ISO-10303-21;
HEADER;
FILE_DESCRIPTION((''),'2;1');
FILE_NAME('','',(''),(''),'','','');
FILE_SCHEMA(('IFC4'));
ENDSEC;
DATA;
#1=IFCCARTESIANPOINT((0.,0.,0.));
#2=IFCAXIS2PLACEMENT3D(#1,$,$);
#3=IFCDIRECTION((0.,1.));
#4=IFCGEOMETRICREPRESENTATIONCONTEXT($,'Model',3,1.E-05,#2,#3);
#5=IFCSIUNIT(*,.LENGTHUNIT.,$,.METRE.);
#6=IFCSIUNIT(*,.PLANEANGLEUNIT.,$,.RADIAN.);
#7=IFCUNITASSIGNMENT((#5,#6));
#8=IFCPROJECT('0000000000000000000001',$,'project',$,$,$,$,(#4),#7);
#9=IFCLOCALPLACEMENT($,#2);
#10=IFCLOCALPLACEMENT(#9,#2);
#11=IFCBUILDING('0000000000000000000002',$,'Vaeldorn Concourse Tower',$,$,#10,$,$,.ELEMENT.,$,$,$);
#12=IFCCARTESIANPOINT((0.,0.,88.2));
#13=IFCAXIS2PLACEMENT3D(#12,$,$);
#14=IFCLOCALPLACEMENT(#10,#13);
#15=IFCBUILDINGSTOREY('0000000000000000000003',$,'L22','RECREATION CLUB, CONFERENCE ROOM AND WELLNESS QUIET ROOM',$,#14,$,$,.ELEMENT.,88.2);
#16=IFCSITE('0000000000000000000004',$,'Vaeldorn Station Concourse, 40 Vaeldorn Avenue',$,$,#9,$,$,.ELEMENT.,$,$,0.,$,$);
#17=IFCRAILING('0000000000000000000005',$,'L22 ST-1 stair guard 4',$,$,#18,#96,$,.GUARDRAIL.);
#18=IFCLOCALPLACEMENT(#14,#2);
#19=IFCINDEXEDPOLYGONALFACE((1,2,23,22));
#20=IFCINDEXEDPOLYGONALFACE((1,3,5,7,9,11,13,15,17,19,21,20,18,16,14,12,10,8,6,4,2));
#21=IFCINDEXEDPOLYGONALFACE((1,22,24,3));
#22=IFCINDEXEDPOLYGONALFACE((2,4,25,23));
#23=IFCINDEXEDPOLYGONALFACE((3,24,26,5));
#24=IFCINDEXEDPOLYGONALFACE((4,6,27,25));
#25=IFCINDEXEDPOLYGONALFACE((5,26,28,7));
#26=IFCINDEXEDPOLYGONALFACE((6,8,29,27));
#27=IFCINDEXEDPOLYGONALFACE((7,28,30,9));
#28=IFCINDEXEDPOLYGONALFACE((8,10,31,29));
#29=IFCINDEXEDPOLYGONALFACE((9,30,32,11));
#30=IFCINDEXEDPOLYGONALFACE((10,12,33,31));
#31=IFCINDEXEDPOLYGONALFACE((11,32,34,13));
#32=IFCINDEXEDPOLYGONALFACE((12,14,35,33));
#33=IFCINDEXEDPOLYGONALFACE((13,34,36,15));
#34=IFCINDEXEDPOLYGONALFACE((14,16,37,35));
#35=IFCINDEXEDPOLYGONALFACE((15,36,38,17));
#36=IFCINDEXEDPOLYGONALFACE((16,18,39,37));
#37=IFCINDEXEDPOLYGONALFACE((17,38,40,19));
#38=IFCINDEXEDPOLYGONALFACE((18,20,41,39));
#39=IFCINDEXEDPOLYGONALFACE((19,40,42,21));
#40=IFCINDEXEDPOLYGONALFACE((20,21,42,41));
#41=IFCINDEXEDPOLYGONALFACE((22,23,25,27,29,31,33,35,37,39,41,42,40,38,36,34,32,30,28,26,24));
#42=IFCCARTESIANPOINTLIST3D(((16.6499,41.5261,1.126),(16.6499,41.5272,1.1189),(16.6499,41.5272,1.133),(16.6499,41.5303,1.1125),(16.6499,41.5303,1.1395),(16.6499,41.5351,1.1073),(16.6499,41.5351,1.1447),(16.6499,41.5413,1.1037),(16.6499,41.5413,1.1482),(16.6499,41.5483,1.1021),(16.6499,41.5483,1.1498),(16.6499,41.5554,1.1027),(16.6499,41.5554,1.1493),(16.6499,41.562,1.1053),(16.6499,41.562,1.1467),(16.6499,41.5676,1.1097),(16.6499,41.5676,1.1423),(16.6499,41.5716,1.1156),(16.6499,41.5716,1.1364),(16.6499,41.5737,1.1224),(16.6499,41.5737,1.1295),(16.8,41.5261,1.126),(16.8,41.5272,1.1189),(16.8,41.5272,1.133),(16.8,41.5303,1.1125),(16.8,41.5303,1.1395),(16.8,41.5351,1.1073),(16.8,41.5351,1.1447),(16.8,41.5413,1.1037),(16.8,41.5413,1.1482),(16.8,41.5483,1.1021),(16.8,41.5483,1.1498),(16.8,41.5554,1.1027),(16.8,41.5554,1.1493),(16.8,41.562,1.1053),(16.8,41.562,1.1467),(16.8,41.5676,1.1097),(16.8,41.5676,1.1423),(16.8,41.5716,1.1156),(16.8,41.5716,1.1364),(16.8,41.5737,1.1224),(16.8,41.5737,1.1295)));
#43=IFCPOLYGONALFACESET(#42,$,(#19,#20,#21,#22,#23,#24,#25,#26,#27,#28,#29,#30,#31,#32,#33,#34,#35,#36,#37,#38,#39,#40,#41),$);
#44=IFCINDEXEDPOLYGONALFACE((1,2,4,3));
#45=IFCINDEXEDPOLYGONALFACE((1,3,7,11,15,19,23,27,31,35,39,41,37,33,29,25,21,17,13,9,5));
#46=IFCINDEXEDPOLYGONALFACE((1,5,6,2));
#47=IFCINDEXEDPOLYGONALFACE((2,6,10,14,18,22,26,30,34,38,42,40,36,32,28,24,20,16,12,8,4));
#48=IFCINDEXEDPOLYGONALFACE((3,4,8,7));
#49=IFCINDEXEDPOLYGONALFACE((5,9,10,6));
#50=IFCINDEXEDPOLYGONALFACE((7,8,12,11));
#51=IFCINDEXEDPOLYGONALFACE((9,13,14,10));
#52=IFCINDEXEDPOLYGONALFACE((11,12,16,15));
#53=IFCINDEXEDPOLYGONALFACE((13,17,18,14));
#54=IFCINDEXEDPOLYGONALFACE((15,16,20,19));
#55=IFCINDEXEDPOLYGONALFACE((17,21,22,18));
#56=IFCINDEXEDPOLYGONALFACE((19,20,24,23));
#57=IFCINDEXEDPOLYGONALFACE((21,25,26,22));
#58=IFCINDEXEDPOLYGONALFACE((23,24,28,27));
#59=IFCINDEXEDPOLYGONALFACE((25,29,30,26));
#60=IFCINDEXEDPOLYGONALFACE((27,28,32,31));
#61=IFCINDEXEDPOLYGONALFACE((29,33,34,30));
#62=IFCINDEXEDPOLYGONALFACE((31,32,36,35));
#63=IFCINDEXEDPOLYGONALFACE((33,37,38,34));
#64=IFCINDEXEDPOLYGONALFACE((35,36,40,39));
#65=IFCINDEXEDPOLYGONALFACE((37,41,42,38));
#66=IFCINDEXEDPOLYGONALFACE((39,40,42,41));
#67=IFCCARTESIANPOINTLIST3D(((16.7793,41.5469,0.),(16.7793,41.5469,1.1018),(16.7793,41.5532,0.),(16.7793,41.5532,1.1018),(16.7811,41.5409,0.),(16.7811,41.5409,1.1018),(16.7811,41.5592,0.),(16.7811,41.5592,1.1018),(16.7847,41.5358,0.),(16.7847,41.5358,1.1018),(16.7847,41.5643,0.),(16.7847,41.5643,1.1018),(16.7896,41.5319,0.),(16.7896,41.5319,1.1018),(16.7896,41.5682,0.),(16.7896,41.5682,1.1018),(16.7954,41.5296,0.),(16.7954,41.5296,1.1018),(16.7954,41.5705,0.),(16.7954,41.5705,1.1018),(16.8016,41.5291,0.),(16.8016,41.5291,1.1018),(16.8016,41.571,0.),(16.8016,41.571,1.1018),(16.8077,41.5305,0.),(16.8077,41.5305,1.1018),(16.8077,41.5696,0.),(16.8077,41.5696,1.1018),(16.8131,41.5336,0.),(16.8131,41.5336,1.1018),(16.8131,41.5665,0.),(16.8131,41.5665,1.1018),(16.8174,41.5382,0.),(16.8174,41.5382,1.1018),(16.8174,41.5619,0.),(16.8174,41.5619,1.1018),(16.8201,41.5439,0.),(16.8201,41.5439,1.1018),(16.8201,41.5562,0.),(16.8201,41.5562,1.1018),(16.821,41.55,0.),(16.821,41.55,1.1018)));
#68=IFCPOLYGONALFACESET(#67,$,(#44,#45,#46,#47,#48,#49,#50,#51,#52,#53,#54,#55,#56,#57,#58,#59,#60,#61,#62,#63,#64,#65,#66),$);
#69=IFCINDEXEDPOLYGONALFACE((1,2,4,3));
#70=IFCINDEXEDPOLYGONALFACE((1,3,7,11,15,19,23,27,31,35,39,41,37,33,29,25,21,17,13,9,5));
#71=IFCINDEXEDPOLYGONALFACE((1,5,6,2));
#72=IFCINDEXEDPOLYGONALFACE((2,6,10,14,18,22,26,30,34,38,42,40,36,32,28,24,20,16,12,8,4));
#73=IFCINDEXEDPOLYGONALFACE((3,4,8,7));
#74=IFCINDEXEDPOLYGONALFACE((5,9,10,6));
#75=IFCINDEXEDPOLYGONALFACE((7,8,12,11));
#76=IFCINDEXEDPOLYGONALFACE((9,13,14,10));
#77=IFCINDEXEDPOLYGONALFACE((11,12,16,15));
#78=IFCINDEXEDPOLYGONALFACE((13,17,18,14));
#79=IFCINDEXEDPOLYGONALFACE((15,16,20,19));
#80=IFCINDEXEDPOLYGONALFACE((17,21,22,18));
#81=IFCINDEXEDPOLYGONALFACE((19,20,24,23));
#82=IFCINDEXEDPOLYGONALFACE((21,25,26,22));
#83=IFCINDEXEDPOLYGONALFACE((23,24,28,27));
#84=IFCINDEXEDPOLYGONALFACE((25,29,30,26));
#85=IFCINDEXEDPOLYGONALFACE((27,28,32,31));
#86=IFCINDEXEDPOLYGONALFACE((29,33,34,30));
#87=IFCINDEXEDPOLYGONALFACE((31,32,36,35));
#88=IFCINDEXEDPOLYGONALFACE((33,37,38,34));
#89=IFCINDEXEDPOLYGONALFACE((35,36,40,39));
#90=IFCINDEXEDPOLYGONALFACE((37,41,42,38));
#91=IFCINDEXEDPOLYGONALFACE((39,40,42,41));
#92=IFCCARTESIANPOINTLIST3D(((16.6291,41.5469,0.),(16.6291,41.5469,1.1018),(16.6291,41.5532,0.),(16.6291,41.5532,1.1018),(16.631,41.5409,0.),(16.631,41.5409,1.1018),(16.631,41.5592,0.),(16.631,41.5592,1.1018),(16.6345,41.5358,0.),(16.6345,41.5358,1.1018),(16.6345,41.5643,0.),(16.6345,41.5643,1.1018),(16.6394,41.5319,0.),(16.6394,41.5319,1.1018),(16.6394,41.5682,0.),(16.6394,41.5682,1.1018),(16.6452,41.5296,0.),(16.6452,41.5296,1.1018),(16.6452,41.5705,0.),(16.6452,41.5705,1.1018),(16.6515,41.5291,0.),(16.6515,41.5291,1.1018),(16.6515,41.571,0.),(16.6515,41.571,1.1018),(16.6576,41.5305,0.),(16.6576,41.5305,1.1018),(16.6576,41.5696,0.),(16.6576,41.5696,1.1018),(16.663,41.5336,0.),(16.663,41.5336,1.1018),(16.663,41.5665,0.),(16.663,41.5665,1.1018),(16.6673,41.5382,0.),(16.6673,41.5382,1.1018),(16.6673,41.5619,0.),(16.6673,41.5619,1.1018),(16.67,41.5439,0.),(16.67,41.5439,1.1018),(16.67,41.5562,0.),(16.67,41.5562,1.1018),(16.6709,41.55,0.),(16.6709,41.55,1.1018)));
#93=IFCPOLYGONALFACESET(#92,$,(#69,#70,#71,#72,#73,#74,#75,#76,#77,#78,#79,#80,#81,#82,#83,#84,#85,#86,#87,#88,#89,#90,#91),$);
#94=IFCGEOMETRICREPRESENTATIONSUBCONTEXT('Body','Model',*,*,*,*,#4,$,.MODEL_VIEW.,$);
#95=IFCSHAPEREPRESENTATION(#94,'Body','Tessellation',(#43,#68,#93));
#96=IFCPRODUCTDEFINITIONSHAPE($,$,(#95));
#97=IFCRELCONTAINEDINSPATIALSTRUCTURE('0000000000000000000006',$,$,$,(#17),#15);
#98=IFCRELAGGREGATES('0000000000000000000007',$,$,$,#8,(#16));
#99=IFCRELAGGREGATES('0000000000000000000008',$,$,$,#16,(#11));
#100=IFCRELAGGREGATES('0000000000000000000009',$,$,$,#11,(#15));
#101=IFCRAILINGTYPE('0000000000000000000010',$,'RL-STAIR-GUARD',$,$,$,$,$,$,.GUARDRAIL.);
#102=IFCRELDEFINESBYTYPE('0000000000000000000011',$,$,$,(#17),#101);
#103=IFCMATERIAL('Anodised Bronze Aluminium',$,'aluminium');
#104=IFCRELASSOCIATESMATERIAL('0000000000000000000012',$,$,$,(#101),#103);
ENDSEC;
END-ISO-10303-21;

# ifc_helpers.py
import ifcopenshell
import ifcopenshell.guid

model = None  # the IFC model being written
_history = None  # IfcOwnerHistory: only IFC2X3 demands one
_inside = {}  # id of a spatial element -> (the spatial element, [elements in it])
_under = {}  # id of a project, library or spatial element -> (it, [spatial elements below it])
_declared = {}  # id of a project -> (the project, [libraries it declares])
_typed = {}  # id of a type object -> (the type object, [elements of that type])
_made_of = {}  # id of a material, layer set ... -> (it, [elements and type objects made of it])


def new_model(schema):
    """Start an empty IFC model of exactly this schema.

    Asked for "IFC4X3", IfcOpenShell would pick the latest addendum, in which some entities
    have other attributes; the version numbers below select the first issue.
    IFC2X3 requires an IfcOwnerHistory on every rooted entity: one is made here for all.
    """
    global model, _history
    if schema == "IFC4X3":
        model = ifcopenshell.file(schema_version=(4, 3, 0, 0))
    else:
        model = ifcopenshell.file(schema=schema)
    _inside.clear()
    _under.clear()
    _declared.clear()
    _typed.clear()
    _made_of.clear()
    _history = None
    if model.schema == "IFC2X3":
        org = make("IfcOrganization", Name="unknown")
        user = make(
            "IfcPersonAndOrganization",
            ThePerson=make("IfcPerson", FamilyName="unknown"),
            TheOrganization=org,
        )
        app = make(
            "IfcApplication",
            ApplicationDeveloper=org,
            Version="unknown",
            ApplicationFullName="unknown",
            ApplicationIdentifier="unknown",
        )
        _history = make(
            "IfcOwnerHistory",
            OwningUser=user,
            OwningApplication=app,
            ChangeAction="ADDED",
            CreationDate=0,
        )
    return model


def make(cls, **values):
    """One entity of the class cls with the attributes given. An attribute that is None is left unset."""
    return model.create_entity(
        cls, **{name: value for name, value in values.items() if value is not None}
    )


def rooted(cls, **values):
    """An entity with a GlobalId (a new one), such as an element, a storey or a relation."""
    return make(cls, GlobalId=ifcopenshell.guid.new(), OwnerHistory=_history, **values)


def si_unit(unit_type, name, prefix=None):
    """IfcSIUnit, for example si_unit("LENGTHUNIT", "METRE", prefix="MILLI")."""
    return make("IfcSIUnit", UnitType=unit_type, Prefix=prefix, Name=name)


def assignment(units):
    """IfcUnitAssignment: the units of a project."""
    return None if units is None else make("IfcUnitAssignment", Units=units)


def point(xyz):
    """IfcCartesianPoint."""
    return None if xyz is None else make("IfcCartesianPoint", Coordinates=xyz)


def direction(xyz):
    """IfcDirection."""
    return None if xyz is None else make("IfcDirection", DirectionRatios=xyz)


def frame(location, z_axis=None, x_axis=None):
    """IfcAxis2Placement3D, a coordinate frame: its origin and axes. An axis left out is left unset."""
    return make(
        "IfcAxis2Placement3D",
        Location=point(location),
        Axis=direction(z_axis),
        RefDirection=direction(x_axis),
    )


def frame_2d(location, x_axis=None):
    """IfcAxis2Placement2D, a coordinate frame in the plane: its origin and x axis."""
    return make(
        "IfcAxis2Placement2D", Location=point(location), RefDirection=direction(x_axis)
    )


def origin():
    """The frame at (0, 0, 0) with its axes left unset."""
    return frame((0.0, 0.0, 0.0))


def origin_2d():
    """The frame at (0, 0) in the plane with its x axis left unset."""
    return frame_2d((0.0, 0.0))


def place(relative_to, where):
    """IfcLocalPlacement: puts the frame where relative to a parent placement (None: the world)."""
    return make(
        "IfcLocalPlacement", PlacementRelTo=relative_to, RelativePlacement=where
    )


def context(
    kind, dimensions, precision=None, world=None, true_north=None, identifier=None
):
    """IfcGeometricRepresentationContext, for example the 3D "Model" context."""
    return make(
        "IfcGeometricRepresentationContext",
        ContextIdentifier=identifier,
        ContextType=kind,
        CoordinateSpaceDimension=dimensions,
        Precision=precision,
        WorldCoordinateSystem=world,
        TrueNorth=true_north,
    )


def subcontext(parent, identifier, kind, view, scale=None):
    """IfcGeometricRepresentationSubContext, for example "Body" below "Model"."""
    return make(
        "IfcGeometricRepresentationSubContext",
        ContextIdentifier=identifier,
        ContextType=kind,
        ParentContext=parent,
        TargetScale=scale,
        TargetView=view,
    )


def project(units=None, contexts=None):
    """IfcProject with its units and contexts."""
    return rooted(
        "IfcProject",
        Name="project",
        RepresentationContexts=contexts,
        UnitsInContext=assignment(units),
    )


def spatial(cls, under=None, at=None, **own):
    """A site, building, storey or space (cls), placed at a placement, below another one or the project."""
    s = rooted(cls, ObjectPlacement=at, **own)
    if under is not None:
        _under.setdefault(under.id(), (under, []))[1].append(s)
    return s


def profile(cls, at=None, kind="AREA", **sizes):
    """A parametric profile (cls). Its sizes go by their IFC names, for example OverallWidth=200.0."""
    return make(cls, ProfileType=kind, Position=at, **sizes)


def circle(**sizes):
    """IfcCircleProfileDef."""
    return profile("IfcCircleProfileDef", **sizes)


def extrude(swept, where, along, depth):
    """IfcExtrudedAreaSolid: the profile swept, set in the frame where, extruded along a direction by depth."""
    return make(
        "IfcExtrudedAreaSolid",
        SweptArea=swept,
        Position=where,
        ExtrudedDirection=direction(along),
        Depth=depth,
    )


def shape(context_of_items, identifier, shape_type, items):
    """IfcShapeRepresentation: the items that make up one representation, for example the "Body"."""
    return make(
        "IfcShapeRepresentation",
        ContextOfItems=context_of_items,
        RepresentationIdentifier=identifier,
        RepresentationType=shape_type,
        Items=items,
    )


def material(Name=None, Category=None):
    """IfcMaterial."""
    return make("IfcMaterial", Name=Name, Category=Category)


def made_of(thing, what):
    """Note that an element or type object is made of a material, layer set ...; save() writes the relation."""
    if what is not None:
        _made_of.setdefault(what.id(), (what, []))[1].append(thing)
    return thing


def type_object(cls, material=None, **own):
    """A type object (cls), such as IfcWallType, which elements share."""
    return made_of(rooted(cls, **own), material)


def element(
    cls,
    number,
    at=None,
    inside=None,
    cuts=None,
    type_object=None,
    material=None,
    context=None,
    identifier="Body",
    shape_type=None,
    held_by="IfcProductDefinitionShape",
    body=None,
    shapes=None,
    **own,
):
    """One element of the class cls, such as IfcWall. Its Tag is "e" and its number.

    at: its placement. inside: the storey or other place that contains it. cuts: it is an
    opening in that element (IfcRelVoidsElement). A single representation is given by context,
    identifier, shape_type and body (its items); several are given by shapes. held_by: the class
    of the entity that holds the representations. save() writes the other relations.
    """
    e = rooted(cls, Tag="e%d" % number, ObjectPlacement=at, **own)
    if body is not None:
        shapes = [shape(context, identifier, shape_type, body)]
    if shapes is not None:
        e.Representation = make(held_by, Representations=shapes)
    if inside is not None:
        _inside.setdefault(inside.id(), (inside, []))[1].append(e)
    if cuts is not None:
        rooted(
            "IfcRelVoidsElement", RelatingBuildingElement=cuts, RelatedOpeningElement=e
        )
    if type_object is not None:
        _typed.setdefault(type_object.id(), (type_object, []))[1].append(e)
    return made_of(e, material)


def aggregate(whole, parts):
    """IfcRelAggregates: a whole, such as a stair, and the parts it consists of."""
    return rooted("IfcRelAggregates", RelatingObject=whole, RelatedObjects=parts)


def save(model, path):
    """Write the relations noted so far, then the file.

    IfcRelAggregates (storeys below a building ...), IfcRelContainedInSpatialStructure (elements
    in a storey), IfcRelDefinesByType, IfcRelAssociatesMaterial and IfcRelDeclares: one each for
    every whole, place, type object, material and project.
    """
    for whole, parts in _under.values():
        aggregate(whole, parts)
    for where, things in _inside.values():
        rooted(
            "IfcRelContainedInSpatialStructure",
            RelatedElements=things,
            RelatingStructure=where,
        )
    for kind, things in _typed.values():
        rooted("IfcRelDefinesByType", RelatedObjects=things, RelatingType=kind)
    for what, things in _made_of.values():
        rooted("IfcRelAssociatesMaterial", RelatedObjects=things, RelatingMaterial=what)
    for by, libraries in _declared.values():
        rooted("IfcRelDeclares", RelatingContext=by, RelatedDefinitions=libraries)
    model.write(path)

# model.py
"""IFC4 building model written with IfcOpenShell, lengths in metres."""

from ifc_helpers import new_model, si_unit, direction, frame, origin, origin_2d, place, context, subcontext, project, spatial, circle, extrude, material, type_object, element, save


model = new_model("IFC4")

# Units and contexts
model_context = context("Model", 3, precision=1e-05, world=origin(), true_north=direction((0.0, 1.0)))
body_context = subcontext(model_context, "Body", "Model", "MODEL_VIEW")
ifc_project = project(units=[si_unit("LENGTHUNIT", "METRE"), si_unit("PLANEANGLEUNIT", "RADIAN")], contexts=[model_context])

# Site, building, storey
site_placement = place(None, origin())
site = spatial("IfcSite", under=ifc_project, at=site_placement, Name="Vaeldorn Station Concourse, 40 Vaeldorn Avenue", CompositionType="ELEMENT", RefElevation=0.0)
building_placement = place(site_placement, origin())
building = spatial("IfcBuilding", under=site, at=building_placement, Name="Vaeldorn Concourse Tower", CompositionType="ELEMENT")
storey_placement = place(building_placement, frame((0.0, 0.0, 88.2)))
storey = spatial("IfcBuildingStorey", under=building, at=storey_placement, Name="L22", Description="RECREATION CLUB, CONFERENCE ROOM AND WELLNESS QUIET ROOM", CompositionType="ELEMENT", Elevation=88.2)

# Shared definitions
ifc_material_1 = material(Name="Anodised Bronze Aluminium", Category="aluminium")

# Railing
railing_type = type_object("IfcRailingType", Name="RL-STAIR-GUARD", PredefinedType="GUARDRAIL", material=ifc_material_1)
railing_1_placement = place(storey_placement, frame((16.8, 41.55, 0.0)))
element("IfcRailing", 1, at=railing_1_placement, inside=storey, type_object=railing_type, Name="L22 ST-1 stair guard 4", PredefinedType="GUARDRAIL", context=body_context, shape_type="SweptSolid", body=[
    extrude(circle(Radius=0.0239, at=origin_2d()), frame((0.0, 0.0, 1.126), z_axis=(-1.0, 0.0, 0.0), x_axis=(0.0, -1.0, 0.0)), (0.0, 0.0, 1.0), 0.1501),
    extrude(circle(Radius=0.021, at=origin_2d()), origin(), (0.0, 0.0, 1.0), 1.1018),
    extrude(circle(Radius=0.021, at=origin_2d()), frame((-0.1501, 0.0, 0.0)), (0.0, 0.0, 1.0), 1.1018),
])

save(model, "model.ifc")
